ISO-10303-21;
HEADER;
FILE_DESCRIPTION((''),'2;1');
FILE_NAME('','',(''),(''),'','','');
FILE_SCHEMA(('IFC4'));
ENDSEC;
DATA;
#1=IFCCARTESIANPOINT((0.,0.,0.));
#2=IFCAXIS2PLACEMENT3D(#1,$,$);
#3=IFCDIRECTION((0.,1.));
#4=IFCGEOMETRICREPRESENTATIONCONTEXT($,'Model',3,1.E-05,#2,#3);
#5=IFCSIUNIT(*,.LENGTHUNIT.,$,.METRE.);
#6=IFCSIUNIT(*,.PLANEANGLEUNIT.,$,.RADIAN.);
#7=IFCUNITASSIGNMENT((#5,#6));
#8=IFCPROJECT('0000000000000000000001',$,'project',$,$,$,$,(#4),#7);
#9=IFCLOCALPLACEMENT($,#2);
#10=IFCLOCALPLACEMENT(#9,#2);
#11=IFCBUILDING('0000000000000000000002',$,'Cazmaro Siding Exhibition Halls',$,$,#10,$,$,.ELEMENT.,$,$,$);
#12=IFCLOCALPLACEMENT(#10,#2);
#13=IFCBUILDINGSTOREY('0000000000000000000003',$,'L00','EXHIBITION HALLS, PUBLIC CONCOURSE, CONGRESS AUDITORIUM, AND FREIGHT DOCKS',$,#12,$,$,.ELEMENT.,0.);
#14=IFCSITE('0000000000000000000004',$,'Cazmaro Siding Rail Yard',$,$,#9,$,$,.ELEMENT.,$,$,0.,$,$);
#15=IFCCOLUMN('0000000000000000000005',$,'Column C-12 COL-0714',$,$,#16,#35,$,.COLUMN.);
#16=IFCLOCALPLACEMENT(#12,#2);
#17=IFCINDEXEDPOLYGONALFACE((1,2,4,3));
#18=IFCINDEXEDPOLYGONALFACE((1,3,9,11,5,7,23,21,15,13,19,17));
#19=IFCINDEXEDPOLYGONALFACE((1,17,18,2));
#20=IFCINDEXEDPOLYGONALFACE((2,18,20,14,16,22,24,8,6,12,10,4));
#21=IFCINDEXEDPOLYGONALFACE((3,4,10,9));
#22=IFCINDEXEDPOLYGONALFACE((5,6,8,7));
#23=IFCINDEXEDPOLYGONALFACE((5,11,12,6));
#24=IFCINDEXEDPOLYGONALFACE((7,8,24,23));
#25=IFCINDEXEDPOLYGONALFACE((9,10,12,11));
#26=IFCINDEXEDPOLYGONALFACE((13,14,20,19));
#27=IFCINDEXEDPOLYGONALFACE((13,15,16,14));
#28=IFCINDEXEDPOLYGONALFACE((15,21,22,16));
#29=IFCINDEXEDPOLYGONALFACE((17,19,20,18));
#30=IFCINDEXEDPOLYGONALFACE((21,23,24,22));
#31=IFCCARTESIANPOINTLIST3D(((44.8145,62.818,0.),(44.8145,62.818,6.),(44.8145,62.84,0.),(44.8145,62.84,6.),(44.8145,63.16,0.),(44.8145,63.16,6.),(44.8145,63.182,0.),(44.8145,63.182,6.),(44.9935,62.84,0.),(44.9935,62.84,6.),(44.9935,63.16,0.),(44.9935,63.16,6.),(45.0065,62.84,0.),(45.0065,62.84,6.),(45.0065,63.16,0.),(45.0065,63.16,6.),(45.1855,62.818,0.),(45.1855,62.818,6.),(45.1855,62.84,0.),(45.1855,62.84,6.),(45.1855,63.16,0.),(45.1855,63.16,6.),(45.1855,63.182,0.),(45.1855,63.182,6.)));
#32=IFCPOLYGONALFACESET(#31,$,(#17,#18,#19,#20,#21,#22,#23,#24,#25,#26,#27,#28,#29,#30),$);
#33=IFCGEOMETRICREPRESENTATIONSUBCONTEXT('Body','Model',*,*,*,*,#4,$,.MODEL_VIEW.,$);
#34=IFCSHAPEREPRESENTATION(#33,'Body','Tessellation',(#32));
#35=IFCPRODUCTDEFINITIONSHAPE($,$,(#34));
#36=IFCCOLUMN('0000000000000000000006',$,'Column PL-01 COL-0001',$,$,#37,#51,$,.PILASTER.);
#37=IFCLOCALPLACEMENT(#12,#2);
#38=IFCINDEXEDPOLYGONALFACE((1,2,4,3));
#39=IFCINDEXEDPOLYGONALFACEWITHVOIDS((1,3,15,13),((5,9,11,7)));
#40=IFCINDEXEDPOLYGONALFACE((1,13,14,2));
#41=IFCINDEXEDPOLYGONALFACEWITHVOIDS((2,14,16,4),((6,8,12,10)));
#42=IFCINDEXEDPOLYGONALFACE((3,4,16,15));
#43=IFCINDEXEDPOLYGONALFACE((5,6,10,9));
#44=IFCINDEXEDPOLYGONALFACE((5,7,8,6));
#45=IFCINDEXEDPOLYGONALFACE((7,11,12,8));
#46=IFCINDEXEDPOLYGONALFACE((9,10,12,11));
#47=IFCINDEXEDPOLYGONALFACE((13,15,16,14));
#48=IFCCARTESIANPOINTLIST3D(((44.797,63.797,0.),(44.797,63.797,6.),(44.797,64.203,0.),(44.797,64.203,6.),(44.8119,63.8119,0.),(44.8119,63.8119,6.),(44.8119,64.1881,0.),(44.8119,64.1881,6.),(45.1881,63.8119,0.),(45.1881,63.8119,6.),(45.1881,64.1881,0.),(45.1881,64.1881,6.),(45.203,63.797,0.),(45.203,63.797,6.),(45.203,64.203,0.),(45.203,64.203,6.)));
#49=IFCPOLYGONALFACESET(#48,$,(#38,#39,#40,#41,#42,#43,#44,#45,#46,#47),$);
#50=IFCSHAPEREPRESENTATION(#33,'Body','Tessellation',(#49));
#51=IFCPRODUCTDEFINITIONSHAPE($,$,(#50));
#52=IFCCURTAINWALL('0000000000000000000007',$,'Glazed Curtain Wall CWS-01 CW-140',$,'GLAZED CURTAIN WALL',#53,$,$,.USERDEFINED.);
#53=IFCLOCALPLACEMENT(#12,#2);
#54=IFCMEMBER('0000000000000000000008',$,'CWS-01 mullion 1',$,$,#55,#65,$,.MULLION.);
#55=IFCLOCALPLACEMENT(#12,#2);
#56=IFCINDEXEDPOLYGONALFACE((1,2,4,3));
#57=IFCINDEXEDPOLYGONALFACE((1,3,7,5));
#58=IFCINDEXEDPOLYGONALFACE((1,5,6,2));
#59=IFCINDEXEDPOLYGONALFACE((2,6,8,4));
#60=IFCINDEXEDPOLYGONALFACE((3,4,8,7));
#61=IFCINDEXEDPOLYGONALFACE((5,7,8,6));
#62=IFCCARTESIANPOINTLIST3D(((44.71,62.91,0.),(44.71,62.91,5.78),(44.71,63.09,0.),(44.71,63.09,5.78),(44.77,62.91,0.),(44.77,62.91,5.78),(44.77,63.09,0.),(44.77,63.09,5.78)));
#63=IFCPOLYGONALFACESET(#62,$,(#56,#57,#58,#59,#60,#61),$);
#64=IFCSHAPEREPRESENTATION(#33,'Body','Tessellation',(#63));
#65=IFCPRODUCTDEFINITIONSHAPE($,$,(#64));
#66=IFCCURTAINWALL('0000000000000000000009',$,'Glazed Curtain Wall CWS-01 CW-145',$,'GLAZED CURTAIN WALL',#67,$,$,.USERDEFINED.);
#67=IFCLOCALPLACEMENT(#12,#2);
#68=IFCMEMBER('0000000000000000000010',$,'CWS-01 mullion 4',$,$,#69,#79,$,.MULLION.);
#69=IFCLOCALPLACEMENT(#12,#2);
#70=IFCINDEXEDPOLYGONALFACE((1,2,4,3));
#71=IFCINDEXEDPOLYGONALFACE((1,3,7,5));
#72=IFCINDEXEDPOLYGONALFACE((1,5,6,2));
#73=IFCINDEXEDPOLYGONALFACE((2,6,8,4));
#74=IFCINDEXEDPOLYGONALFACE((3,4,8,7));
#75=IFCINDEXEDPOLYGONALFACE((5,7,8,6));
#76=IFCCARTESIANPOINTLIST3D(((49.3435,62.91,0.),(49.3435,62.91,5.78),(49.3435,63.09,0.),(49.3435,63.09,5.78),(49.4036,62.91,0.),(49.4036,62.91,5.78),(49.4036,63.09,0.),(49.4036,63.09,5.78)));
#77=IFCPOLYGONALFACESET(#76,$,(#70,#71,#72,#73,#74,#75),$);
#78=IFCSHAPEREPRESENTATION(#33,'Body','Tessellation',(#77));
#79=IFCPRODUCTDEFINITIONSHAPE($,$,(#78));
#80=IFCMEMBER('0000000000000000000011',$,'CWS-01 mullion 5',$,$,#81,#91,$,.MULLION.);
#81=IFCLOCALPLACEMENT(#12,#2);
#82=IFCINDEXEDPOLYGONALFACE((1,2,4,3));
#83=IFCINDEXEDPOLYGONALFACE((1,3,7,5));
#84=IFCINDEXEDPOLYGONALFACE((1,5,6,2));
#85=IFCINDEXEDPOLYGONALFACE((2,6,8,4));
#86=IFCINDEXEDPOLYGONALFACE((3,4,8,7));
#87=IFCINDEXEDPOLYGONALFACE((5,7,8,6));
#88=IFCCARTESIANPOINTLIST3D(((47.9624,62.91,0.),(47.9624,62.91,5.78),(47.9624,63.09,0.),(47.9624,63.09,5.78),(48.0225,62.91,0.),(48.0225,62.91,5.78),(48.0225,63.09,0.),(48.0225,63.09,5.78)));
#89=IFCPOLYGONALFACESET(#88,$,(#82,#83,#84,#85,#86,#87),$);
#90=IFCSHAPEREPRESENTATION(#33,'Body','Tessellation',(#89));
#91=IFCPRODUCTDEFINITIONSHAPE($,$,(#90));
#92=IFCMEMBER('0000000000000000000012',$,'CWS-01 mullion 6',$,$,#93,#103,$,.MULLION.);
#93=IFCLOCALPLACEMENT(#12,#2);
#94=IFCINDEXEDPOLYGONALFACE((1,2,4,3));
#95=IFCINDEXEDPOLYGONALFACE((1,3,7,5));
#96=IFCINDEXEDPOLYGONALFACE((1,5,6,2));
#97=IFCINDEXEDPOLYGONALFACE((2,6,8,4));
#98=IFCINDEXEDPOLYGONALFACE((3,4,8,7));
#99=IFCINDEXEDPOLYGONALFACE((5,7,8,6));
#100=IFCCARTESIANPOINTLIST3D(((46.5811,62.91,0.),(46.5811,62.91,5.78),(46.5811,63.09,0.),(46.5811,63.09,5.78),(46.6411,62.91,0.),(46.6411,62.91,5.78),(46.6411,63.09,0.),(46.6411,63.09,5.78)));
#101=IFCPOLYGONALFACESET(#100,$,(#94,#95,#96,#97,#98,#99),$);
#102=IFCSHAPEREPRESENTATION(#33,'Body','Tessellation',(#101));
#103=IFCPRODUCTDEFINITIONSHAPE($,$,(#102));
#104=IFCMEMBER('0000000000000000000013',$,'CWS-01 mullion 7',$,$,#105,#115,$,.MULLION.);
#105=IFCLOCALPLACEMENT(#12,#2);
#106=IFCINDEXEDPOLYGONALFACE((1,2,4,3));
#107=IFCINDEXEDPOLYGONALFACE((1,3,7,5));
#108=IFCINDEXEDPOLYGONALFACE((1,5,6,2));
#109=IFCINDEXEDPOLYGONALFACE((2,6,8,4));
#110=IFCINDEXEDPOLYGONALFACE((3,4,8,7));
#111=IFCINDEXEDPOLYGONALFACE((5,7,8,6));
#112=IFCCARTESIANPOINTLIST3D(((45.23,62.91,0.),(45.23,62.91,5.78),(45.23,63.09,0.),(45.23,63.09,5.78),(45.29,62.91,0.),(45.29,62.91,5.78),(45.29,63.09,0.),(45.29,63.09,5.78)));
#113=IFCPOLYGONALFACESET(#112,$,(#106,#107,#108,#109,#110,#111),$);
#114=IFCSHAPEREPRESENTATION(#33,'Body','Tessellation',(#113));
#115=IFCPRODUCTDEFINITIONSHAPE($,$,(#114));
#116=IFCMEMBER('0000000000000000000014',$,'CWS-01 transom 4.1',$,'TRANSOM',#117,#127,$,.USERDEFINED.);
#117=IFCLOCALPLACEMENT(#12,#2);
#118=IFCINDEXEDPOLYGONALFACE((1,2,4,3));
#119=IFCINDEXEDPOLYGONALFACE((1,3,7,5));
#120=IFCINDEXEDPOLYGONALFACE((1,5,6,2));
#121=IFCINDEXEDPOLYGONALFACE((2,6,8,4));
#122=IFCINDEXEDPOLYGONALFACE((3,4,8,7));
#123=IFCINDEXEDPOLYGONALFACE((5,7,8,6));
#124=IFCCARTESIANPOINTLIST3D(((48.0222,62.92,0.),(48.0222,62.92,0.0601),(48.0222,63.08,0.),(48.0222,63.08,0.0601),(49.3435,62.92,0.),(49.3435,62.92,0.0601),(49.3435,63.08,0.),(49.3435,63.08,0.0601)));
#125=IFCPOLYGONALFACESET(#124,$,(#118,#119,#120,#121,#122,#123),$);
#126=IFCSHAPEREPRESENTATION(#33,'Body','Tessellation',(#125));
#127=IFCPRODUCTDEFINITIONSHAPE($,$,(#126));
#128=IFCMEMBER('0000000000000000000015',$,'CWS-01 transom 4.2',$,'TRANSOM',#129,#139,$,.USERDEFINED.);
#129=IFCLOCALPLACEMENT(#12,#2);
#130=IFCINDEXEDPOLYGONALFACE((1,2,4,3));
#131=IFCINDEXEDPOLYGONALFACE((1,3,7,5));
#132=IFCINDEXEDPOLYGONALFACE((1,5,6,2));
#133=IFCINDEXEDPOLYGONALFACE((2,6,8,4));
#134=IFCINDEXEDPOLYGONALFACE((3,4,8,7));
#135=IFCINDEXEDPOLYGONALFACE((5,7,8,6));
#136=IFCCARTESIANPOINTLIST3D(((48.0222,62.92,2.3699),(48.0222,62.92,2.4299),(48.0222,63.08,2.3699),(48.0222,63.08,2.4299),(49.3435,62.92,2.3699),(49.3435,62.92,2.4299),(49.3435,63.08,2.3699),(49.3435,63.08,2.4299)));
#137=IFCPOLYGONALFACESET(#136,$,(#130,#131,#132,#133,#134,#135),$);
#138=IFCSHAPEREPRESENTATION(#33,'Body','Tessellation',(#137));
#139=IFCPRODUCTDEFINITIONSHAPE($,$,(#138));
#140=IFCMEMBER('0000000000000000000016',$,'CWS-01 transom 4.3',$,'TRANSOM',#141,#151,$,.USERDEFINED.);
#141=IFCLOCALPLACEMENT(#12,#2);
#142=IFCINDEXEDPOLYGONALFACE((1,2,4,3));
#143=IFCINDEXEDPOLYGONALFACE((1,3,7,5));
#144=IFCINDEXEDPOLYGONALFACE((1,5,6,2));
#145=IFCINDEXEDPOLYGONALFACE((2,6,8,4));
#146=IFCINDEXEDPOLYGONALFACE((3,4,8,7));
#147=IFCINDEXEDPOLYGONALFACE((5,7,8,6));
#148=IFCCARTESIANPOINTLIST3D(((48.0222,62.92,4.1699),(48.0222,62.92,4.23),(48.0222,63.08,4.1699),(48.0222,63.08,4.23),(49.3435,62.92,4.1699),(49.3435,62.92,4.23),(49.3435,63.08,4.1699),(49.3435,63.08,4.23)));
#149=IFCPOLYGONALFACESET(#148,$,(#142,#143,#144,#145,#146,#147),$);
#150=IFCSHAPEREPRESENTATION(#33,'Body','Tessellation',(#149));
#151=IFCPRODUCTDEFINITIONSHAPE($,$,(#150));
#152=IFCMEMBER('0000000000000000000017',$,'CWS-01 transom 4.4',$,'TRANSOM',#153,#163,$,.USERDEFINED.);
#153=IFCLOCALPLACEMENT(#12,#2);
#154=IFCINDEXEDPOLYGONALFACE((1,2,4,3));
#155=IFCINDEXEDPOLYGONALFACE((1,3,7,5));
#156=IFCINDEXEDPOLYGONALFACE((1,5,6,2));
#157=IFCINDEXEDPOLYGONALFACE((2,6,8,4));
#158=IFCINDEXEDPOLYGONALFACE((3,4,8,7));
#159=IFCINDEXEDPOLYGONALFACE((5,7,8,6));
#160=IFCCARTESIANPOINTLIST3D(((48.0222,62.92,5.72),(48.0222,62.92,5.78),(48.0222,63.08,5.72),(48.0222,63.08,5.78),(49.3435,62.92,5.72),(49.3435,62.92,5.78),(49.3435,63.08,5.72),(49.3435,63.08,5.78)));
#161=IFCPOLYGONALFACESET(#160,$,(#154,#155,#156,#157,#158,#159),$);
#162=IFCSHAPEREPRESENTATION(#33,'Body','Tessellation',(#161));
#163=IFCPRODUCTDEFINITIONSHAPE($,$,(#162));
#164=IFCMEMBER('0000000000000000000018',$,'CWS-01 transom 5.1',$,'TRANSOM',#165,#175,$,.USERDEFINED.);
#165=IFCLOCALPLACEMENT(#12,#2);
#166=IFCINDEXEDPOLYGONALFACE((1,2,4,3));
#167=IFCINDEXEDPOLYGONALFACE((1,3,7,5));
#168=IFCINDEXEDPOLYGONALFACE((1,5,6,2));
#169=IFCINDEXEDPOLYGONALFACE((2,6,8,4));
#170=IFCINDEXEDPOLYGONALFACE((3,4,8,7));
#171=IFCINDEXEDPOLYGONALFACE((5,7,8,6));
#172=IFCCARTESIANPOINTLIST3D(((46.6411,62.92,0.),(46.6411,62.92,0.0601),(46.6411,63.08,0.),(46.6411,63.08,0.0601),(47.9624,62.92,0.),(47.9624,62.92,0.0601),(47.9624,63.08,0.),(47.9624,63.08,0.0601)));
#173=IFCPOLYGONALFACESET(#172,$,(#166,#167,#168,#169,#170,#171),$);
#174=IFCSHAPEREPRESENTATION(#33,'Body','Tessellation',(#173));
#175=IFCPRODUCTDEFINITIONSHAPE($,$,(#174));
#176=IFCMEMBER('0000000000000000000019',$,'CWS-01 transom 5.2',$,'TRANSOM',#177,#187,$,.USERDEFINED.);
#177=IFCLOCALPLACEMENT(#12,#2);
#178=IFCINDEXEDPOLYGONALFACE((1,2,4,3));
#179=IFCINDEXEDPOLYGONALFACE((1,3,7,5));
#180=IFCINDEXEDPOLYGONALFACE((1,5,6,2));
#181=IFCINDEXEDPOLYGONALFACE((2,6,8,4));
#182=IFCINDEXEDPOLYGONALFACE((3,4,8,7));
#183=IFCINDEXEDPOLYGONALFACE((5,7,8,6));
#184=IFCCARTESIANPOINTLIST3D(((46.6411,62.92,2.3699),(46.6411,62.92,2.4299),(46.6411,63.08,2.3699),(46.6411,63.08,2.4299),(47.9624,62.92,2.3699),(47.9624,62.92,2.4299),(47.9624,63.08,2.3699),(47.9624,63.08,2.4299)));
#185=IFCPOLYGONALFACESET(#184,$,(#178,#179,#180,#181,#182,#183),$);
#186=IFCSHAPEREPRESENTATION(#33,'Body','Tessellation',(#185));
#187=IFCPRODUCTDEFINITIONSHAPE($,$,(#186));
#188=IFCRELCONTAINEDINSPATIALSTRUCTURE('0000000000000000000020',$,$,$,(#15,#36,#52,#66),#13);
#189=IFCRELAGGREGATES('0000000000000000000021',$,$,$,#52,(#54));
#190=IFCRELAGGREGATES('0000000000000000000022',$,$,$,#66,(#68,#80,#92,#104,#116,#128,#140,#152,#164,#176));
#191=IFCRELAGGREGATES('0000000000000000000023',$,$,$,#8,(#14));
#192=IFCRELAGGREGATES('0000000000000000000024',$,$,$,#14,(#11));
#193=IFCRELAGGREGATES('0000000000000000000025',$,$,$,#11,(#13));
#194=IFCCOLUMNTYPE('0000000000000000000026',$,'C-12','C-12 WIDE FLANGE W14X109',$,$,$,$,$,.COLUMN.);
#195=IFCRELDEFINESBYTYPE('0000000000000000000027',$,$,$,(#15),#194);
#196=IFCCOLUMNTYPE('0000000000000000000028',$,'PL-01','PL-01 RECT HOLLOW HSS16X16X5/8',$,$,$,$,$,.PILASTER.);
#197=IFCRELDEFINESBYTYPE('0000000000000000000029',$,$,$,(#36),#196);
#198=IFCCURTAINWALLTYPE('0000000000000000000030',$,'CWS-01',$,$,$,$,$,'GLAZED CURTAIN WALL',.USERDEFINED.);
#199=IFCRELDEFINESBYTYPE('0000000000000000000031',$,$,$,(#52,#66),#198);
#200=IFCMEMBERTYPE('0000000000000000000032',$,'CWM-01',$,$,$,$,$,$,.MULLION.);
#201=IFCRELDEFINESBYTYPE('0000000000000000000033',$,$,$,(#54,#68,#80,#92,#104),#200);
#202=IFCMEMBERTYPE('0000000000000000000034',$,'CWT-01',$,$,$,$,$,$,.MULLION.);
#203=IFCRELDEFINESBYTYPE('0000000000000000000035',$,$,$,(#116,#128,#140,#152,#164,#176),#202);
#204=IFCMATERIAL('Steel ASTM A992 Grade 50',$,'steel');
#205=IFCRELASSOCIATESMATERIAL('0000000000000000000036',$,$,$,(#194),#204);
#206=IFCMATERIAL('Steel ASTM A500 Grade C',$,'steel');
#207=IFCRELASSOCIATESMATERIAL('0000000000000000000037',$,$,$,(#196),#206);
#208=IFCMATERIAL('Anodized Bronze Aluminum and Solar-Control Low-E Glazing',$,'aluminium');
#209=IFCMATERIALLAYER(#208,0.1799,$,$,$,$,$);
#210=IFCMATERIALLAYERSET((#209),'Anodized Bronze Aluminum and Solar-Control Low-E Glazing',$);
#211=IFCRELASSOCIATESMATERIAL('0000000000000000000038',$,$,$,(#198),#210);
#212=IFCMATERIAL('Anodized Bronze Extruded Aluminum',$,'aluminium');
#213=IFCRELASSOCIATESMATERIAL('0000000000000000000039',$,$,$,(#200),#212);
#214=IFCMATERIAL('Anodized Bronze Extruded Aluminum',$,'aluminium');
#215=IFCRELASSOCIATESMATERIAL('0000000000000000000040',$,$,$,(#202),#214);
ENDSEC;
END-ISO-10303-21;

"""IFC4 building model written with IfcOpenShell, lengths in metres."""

from ifc_helpers import new_model, si_unit, direction, frame, origin, origin_2d, place, context, subcontext, project, spatial, rectangle, hollow_rectangle, i_section, extrude, material, layer, layer_set, material_profile, profile_set, type_object, element, aggregate, save


model = new_model("IFC4")

# Units and contexts
model_context = context("Model", 3, precision=1e-05, world=origin(), true_north=direction((0.0, 1.0)))
body_context = subcontext(model_context, "Body", "Model", "MODEL_VIEW")
ifc_project = project(units=[si_unit("LENGTHUNIT", "METRE"), si_unit("PLANEANGLEUNIT", "RADIAN")], contexts=[model_context])

# Site, building, storey
site_placement = place(None, origin())
site = spatial("IfcSite", under=ifc_project, at=site_placement, Name="Cazmaro Siding Rail Yard", CompositionType="ELEMENT", RefElevation=0.0)
building_placement = place(site_placement, origin())
building = spatial("IfcBuilding", under=site, at=building_placement, Name="Cazmaro Siding Exhibition Halls", CompositionType="ELEMENT")
storey_placement = place(building_placement, origin())
storey = spatial("IfcBuildingStorey", under=building, at=storey_placement, Name="L00", Description="EXHIBITION HALLS, PUBLIC CONCOURSE, CONGRESS AUDITORIUM, AND FREIGHT DOCKS", CompositionType="ELEMENT", Elevation=0.0)

# Columns
ifc_material_1 = material(Name="Steel ASTM A992 Grade 50", Category="steel")
ifc_material_profile_1 = material_profile(ifc_material_1, i_section(OverallWidth=0.3711, OverallDepth=0.364, WebThickness=0.0129, FlangeThickness=0.022, at=origin_2d()), Name="W14X109")
ifc_profile_set_1 = profile_set([ifc_material_profile_1], Name="Steel ASTM A992 Grade 50")
column_type_1 = type_object("IfcColumnType", Name="C-12", Description="C-12 WIDE FLANGE W14X109", PredefinedType="COLUMN", material=ifc_profile_set_1)
column_1_placement = place(storey_placement, frame((45.0, 63.0, 0.0), z_axis=(0.0, 0.0, 1.0), x_axis=(1.0, 0.0, 0.0)))
element("IfcColumn", 1, at=column_1_placement, inside=storey, type_object=column_type_1, Name="Column C-12 COL-0714", PredefinedType="COLUMN", context=body_context, shape_type="SweptSolid", body=[
    extrude(i_section(OverallWidth=0.3711, OverallDepth=0.364, WebThickness=0.0129, FlangeThickness=0.022, at=origin_2d()), origin(), (0.0, 0.0, 1.0), 6.0),
])
ifc_material_2 = material(Name="Steel ASTM A500 Grade C", Category="steel")
ifc_material_profile_2 = material_profile(ifc_material_2, hollow_rectangle(XDim=0.406, YDim=0.406, WallThickness=0.0149, at=origin_2d()), Name="HSS16X16X5/8")
ifc_profile_set_2 = profile_set([ifc_material_profile_2], Name="Steel ASTM A500 Grade C")
column_type_2 = type_object("IfcColumnType", Name="PL-01", Description="PL-01 RECT HOLLOW HSS16X16X5/8", PredefinedType="PILASTER", material=ifc_profile_set_2)
column_2_placement = place(storey_placement, frame((45.0, 64.0, 0.0), z_axis=(0.0, 0.0, 1.0), x_axis=(1.0, 0.0, 0.0)))
element("IfcColumn", 2, at=column_2_placement, inside=storey, type_object=column_type_2, Name="Column PL-01 COL-0001", PredefinedType="PILASTER", context=body_context, shape_type="SweptSolid", body=[
    extrude(hollow_rectangle(XDim=0.406, YDim=0.406, WallThickness=0.0149, at=origin_2d()), origin(), (0.0, 0.0, 1.0), 6.0),
])

# Curtain wall, member
ifc_material_3 = material(Name="Anodized Bronze Aluminum and Solar-Control Low-E Glazing", Category="aluminium")
ifc_layer_1 = layer(ifc_material_3, 0.1799)
ifc_layer_set_1 = layer_set([ifc_layer_1], Name="Anodized Bronze Aluminum and Solar-Control Low-E Glazing")
curtain_wall_type = type_object("IfcCurtainWallType", Name="CWS-01", ElementType="GLAZED CURTAIN WALL", PredefinedType="USERDEFINED", material=ifc_layer_set_1)
curtain_wall_1_placement = place(storey_placement, origin())
curtain_wall_1 = element("IfcCurtainWall", 3, at=curtain_wall_1_placement, inside=storey, type_object=curtain_wall_type, Name="Glazed Curtain Wall CWS-01 CW-140", ObjectType="GLAZED CURTAIN WALL", PredefinedType="USERDEFINED")
ifc_material_4 = material(Name="Anodized Bronze Extruded Aluminum", Category="aluminium")
ifc_material_profile_3 = material_profile(ifc_material_4, rectangle(XDim=0.1799, YDim=0.0601, at=origin_2d()), Name="CWM-01")
ifc_profile_set_3 = profile_set([ifc_material_profile_3], Name="Anodized Bronze Extruded Aluminum")
member_type_1 = type_object("IfcMemberType", Name="CWM-01", PredefinedType="MULLION", material=ifc_profile_set_3)
member_1_placement = place(storey_placement, frame((44.74, 63.0, 0.0), z_axis=(0.0, 0.0, 1.0), x_axis=(0.0, -1.0, 0.0)))
member_1 = element("IfcMember", 4, at=member_1_placement, type_object=member_type_1, Name="CWS-01 mullion 1", PredefinedType="MULLION", context=body_context, shape_type="SweptSolid", body=[
    extrude(rectangle(XDim=0.1799, YDim=0.0601, at=origin_2d()), origin(), (0.0, 0.0, 1.0), 5.78),
])
aggregate(curtain_wall_1, [member_1])

# Curtain wall, members
curtain_wall_2_placement = place(storey_placement, origin())
curtain_wall_2 = element("IfcCurtainWall", 5, at=curtain_wall_2_placement, inside=storey, type_object=curtain_wall_type, Name="Glazed Curtain Wall CWS-01 CW-145", ObjectType="GLAZED CURTAIN WALL", PredefinedType="USERDEFINED")
member_2_placement = place(storey_placement, frame((49.3735, 63.0, 0.0), z_axis=(0.0, 0.0, 1.0), x_axis=(0.0, -1.0, 0.0)))
member_2 = element("IfcMember", 6, at=member_2_placement, type_object=member_type_1, Name="CWS-01 mullion 4", PredefinedType="MULLION", context=body_context, shape_type="SweptSolid", body=[
    extrude(rectangle(XDim=0.1799, YDim=0.0601, at=origin_2d()), origin(), (0.0, 0.0, 1.0), 5.78),
])
member_3_placement = place(storey_placement, frame((47.9924, 63.0, 0.0), z_axis=(0.0, 0.0, 1.0), x_axis=(0.0, -1.0, 0.0)))
member_3 = element("IfcMember", 7, at=member_3_placement, type_object=member_type_1, Name="CWS-01 mullion 5", PredefinedType="MULLION", context=body_context, shape_type="SweptSolid", body=[
    extrude(rectangle(XDim=0.1799, YDim=0.0601, at=origin_2d()), origin(), (0.0, 0.0, 1.0), 5.78),
])
member_4_placement = place(storey_placement, frame((46.6111, 63.0, 0.0), z_axis=(0.0, 0.0, 1.0), x_axis=(0.0, -1.0, 0.0)))
member_4 = element("IfcMember", 8, at=member_4_placement, type_object=member_type_1, Name="CWS-01 mullion 6", PredefinedType="MULLION", context=body_context, shape_type="SweptSolid", body=[
    extrude(rectangle(XDim=0.1799, YDim=0.0601, at=origin_2d()), origin(), (0.0, 0.0, 1.0), 5.78),
])
member_5_placement = place(storey_placement, frame((45.26, 63.0, 0.0), z_axis=(0.0, 0.0, 1.0), x_axis=(0.0, -1.0, 0.0)))
member_5 = element("IfcMember", 9, at=member_5_placement, type_object=member_type_1, Name="CWS-01 mullion 7", PredefinedType="MULLION", context=body_context, shape_type="SweptSolid", body=[
    extrude(rectangle(XDim=0.1799, YDim=0.0601, at=origin_2d()), origin(), (0.0, 0.0, 1.0), 5.78),
])
ifc_material_5 = material(Name="Anodized Bronze Extruded Aluminum", Category="aluminium")
ifc_material_profile_4 = material_profile(ifc_material_5, rectangle(XDim=0.1599, YDim=0.0601, at=origin_2d()), Name="CWT-01")
ifc_profile_set_4 = profile_set([ifc_material_profile_4], Name="Anodized Bronze Extruded Aluminum")
member_type_2 = type_object("IfcMemberType", Name="CWT-01", PredefinedType="MULLION", material=ifc_profile_set_4)
member_6_placement = place(storey_placement, frame((49.3435, 63.0, 0.03), z_axis=(-1.0, 0.0, 0.0), x_axis=(0.0, -1.0, 0.0)))
member_6 = element("IfcMember", 10, at=member_6_placement, type_object=member_type_2, Name="CWS-01 transom 4.1", ObjectType="TRANSOM", PredefinedType="USERDEFINED", context=body_context, shape_type="SweptSolid", body=[
    extrude(rectangle(XDim=0.1599, YDim=0.0601, at=origin_2d()), origin(), (0.0, 0.0, 1.0), 1.3213),
])
member_7_placement = place(storey_placement, frame((49.3435, 63.0, 2.3999), z_axis=(-1.0, 0.0, 0.0), x_axis=(0.0, -1.0, 0.0)))
member_7 = element("IfcMember", 11, at=member_7_placement, type_object=member_type_2, Name="CWS-01 transom 4.2", ObjectType="TRANSOM", PredefinedType="USERDEFINED", context=body_context, shape_type="SweptSolid", body=[
    extrude(rectangle(XDim=0.1599, YDim=0.0601, at=origin_2d()), origin(), (0.0, 0.0, 1.0), 1.3213),
])
member_8_placement = place(storey_placement, frame((49.3435, 63.0, 4.2), z_axis=(-1.0, 0.0, 0.0), x_axis=(0.0, -1.0, 0.0)))
member_8 = element("IfcMember", 12, at=member_8_placement, type_object=member_type_2, Name="CWS-01 transom 4.3", ObjectType="TRANSOM", PredefinedType="USERDEFINED", context=body_context, shape_type="SweptSolid", body=[
    extrude(rectangle(XDim=0.1599, YDim=0.0601, at=origin_2d()), origin(), (0.0, 0.0, 1.0), 1.3213),
])
member_9_placement = place(storey_placement, frame((49.3435, 63.0, 5.75), z_axis=(-1.0, 0.0, 0.0), x_axis=(0.0, -1.0, 0.0)))
member_9 = element("IfcMember", 13, at=member_9_placement, type_object=member_type_2, Name="CWS-01 transom 4.4", ObjectType="TRANSOM", PredefinedType="USERDEFINED", context=body_context, shape_type="SweptSolid", body=[
    extrude(rectangle(XDim=0.1599, YDim=0.0601, at=origin_2d()), origin(), (0.0, 0.0, 1.0), 1.3213),
])
member_10_placement = place(storey_placement, frame((47.9624, 63.0, 0.03), z_axis=(-1.0, 0.0, 0.0), x_axis=(0.0, -1.0, 0.0)))
member_10 = element("IfcMember", 14, at=member_10_placement, type_object=member_type_2, Name="CWS-01 transom 5.1", ObjectType="TRANSOM", PredefinedType="USERDEFINED", context=body_context, shape_type="SweptSolid", body=[
    extrude(rectangle(XDim=0.1599, YDim=0.0601, at=origin_2d()), origin(), (0.0, 0.0, 1.0), 1.3213),
])
member_11_placement = place(storey_placement, frame((47.9624, 63.0, 2.3999), z_axis=(-1.0, 0.0, 0.0), x_axis=(0.0, -1.0, 0.0)))
member_11 = element("IfcMember", 15, at=member_11_placement, type_object=member_type_2, Name="CWS-01 transom 5.2", ObjectType="TRANSOM", PredefinedType="USERDEFINED", context=body_context, shape_type="SweptSolid", body=[
    extrude(rectangle(XDim=0.1599, YDim=0.0601, at=origin_2d()), origin(), (0.0, 0.0, 1.0), 1.3213),
])
aggregate(curtain_wall_2, [member_2, member_3, member_4, member_5, member_6, member_7, member_8, member_9, member_10, member_11])

save(model, "model.ifc")
